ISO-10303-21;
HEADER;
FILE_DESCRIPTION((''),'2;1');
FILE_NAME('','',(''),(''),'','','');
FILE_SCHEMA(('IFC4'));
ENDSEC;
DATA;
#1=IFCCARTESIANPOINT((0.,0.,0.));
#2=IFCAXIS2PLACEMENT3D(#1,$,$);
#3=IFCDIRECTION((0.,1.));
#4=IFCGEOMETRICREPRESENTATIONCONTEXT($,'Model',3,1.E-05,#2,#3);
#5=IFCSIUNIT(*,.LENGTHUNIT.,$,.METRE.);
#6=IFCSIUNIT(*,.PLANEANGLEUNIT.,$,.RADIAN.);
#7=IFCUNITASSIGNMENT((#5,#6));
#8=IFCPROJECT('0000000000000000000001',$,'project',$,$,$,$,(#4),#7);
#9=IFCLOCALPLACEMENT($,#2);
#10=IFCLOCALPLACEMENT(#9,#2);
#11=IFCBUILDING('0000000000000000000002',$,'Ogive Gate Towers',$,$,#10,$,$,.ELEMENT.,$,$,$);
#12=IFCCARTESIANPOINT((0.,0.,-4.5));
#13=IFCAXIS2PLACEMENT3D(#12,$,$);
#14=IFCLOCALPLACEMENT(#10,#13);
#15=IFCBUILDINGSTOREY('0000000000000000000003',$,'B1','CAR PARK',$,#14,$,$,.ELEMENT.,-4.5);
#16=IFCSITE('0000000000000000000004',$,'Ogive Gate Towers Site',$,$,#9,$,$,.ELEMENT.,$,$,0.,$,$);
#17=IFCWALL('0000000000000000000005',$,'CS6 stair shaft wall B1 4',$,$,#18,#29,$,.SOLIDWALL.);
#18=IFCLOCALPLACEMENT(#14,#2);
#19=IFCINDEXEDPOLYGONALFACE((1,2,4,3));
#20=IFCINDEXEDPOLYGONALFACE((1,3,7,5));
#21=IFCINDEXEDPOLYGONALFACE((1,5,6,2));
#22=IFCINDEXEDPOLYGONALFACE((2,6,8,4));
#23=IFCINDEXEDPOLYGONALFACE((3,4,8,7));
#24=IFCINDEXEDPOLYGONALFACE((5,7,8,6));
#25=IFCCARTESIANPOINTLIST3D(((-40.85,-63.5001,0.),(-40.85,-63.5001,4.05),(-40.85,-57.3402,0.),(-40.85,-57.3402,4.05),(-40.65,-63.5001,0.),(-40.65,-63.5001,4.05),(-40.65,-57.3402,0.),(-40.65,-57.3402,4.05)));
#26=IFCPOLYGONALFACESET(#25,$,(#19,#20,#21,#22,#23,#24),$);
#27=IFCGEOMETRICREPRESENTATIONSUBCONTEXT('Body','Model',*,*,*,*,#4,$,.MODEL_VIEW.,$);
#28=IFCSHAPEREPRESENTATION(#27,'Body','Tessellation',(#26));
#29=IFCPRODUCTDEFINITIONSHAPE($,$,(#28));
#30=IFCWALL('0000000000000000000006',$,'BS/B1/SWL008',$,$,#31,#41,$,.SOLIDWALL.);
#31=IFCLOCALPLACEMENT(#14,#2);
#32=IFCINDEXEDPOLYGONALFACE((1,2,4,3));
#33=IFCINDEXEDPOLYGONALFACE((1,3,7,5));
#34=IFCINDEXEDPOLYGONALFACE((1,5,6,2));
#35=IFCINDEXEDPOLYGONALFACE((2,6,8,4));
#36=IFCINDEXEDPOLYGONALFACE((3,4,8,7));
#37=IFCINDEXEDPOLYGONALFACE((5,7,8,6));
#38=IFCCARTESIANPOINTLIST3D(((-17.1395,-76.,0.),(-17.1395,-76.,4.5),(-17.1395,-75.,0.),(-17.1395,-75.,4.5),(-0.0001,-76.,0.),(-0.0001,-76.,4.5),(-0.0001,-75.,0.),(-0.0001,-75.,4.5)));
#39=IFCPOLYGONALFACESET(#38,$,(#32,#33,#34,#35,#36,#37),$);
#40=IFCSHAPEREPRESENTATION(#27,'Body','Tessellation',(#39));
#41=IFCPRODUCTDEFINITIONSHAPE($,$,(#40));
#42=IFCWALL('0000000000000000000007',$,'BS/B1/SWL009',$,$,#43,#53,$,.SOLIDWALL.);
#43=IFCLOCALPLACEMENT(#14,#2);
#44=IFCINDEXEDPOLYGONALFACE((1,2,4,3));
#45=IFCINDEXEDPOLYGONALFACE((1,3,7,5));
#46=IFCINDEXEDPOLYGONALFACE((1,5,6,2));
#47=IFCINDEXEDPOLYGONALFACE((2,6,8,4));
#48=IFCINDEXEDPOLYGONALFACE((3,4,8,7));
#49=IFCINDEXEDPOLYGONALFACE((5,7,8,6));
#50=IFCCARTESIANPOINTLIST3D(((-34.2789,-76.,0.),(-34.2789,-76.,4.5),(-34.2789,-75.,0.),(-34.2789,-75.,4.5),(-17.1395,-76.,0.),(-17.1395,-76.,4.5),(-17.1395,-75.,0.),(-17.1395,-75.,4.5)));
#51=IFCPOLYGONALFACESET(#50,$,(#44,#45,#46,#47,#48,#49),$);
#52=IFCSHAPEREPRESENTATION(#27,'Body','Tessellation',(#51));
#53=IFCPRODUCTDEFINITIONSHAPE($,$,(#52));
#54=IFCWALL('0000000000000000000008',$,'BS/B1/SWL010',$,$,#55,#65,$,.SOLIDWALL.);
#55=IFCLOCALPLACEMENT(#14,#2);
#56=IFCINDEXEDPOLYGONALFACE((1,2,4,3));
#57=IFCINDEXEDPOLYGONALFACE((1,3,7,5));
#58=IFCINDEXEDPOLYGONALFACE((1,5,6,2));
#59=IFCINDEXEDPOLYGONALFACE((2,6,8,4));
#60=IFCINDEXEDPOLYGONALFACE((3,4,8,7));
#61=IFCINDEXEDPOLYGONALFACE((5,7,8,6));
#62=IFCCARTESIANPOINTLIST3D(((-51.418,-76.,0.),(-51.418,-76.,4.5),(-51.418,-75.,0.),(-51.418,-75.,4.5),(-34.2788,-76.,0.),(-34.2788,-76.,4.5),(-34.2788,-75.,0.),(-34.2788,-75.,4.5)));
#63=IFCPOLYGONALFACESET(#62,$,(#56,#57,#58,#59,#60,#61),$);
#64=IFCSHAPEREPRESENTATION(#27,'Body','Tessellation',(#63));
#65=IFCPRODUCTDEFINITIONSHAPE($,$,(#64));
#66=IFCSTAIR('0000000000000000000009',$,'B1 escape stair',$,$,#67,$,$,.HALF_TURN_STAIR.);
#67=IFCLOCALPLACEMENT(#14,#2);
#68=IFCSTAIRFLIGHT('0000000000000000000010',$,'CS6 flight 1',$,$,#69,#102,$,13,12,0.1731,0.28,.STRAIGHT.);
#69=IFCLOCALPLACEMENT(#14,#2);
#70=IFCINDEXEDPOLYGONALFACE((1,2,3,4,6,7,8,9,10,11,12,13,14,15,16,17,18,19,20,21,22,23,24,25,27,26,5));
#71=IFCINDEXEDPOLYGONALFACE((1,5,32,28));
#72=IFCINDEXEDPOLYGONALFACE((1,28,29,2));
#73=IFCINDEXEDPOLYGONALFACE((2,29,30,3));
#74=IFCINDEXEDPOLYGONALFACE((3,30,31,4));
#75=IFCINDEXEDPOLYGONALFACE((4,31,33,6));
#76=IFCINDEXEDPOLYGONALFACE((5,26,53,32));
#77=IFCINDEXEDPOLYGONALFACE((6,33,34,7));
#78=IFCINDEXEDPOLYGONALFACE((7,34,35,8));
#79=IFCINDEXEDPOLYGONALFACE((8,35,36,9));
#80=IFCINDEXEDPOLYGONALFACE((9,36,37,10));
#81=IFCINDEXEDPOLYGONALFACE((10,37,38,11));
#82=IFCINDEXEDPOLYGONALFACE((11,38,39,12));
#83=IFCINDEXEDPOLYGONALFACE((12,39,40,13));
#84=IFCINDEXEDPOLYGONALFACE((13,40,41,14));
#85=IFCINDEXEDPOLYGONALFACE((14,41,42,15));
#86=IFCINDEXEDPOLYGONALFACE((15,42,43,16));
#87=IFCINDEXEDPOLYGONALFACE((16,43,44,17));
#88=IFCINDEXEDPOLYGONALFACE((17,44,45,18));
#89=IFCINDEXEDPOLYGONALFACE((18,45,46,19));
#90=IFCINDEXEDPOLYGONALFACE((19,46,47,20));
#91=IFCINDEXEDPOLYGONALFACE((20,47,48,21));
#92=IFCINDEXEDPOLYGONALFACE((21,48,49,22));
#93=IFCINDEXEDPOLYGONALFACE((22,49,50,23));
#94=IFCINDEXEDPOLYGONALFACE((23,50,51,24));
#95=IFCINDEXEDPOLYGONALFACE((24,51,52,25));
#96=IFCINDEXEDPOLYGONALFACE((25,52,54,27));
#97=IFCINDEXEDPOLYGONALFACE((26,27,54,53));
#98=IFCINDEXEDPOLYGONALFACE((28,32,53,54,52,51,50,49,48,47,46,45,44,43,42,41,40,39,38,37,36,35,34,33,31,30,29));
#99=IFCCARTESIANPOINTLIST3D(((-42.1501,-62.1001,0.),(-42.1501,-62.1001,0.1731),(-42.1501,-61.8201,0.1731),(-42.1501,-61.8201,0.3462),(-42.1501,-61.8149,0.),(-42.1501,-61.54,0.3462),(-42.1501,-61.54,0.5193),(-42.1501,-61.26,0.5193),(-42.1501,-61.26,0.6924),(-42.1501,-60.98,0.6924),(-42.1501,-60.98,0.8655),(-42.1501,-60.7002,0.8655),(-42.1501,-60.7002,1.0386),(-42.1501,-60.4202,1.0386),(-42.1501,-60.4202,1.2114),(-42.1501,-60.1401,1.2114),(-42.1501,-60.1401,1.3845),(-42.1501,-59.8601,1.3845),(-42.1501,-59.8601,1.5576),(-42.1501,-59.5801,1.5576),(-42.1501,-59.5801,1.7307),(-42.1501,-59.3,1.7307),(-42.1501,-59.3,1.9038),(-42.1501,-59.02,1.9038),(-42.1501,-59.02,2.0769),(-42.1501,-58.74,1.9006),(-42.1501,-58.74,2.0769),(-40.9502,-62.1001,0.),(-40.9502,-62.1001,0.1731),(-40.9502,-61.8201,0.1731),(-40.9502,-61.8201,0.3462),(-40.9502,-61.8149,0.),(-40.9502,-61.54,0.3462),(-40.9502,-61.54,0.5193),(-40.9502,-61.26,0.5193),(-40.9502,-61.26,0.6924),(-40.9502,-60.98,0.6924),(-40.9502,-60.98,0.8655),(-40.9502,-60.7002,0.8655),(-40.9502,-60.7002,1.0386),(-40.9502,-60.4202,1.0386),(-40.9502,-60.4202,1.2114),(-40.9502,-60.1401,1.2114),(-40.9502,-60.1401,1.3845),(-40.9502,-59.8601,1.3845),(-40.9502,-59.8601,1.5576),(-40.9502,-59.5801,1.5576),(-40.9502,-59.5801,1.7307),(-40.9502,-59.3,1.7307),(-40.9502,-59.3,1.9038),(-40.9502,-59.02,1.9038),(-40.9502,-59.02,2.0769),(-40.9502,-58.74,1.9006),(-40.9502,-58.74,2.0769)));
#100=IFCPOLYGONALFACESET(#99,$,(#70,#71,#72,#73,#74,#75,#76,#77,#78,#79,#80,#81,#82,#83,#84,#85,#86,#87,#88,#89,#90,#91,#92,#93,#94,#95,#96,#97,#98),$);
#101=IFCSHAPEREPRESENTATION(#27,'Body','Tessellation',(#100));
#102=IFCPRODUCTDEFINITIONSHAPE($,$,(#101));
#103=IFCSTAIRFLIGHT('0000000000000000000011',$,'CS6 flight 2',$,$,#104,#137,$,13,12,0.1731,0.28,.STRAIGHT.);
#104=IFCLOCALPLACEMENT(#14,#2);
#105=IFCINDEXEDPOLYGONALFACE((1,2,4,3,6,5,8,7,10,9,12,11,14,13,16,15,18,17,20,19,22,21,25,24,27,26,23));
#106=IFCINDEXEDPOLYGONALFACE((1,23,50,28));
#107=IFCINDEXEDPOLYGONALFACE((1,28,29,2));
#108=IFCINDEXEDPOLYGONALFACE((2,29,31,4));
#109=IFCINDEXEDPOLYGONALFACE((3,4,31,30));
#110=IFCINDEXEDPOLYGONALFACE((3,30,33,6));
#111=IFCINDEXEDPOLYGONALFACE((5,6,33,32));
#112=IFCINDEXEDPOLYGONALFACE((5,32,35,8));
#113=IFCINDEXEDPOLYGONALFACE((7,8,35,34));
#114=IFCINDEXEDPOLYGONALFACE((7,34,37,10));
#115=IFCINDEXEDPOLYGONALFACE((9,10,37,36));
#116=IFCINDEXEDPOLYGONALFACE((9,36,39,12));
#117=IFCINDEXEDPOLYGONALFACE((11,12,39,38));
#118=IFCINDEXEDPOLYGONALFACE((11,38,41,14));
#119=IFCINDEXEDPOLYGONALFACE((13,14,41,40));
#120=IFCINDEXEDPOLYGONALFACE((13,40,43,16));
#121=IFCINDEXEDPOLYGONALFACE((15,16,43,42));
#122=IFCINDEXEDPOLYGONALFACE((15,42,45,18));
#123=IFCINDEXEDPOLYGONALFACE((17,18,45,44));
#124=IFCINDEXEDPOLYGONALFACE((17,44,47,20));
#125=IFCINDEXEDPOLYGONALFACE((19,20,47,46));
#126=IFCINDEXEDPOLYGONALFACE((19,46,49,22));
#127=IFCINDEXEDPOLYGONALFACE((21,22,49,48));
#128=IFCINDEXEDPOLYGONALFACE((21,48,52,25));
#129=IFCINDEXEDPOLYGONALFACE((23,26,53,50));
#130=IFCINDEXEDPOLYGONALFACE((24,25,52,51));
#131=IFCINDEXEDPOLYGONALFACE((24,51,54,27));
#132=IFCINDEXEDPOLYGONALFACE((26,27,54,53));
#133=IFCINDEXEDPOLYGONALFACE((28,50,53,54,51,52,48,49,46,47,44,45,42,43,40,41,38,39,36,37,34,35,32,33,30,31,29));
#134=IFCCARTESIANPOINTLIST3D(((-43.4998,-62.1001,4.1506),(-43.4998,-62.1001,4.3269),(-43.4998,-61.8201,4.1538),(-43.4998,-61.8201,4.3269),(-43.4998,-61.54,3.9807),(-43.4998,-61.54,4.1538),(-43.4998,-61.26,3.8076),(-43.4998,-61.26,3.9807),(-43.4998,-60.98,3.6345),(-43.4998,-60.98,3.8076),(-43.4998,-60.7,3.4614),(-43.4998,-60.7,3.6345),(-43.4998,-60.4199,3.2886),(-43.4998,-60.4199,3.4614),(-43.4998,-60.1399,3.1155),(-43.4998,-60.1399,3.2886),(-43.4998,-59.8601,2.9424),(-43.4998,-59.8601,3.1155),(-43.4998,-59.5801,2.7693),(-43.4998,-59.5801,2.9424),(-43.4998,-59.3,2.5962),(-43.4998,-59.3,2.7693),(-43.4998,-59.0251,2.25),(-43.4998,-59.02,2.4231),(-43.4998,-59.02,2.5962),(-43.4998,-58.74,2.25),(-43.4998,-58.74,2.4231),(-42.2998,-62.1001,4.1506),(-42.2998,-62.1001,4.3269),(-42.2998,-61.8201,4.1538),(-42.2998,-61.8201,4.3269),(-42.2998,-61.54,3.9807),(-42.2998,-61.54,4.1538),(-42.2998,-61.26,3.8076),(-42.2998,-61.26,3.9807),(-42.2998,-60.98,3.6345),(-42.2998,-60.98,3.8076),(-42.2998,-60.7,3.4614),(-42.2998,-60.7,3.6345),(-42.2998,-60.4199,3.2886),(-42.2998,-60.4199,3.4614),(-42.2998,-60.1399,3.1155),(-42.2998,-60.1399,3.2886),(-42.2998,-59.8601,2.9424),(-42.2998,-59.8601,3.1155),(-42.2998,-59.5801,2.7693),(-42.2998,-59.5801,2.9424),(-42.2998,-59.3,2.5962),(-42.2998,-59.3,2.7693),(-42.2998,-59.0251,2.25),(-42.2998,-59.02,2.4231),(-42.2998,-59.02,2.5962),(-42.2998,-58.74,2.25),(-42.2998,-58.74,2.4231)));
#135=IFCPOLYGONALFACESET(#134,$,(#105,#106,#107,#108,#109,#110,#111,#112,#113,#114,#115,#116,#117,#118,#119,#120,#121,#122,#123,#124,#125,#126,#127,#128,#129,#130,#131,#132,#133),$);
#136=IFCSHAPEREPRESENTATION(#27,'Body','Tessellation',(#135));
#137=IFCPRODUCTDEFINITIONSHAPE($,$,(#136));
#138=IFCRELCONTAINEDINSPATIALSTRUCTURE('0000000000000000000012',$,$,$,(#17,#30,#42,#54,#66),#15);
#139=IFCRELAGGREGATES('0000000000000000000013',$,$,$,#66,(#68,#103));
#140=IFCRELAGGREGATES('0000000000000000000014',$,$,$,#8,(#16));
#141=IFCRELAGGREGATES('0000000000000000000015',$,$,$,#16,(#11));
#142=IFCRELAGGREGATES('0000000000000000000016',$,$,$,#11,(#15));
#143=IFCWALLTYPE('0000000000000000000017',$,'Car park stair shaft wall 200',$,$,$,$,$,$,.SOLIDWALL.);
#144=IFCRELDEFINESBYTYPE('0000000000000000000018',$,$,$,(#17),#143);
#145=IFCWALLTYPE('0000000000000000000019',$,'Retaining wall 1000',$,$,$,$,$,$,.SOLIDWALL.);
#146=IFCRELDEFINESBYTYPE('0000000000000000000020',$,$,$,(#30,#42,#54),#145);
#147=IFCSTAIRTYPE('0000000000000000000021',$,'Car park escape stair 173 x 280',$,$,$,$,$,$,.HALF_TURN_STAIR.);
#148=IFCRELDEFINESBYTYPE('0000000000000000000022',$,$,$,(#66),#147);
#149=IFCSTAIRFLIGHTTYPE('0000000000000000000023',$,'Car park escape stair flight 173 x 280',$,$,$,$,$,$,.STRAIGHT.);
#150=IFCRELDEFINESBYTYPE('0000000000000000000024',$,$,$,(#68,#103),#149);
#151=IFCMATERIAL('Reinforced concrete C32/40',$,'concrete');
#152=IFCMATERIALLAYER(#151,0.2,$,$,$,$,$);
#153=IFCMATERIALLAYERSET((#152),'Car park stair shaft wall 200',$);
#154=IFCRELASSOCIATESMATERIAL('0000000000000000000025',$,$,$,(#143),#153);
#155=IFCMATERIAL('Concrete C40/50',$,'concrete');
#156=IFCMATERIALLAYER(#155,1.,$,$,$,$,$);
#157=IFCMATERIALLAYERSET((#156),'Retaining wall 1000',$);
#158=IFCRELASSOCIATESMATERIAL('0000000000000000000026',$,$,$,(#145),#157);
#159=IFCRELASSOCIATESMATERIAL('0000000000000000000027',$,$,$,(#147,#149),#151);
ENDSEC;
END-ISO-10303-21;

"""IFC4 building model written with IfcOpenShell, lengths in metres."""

from ifc_helpers import new_model, si_unit, direction, frame, frame_2d, origin, place, context, subcontext, project, spatial, polyline, rectangle, outline, extrude, material, layer, layer_set, type_object, element, aggregate, save


model = new_model("IFC4")

# Units and contexts
model_context = context("Model", 3, precision=1e-05, world=origin(), true_north=direction((0.0, 1.0)))
body_context = subcontext(model_context, "Body", "Model", "MODEL_VIEW")
ifc_project = project(units=[si_unit("LENGTHUNIT", "METRE"), si_unit("PLANEANGLEUNIT", "RADIAN")], contexts=[model_context])

# Site, building, storey
site_placement = place(None, origin())
site = spatial("IfcSite", under=ifc_project, at=site_placement, Name="Ogive Gate Towers Site", CompositionType="ELEMENT", RefElevation=0.0)
building_placement = place(site_placement, origin())
building = spatial("IfcBuilding", under=site, at=building_placement, Name="Ogive Gate Towers", CompositionType="ELEMENT")
storey_placement = place(building_placement, frame((0.0, 0.0, -4.5)))
storey = spatial("IfcBuildingStorey", under=building, at=storey_placement, Name="B1", Description="CAR PARK", CompositionType="ELEMENT", Elevation=-4.5)

# Shared definitions
ifc_material_1 = material(Name="Concrete C40/50", Category="concrete")

# Shared definitions
ifc_material_2 = material(Name="Reinforced concrete C32/40", Category="concrete")
ifc_layer_1 = layer(ifc_material_2, 0.2)
ifc_layer_set_1 = layer_set([ifc_layer_1], Name="Car park stair shaft wall 200")
wall_type_1 = type_object("IfcWallType", Name="Car park stair shaft wall 200", PredefinedType="SOLIDWALL", material=ifc_layer_set_1)

# Walls
wall_1_placement = place(storey_placement, frame((-40.75, -57.3401, 0.0), z_axis=(0.0, 0.0, 1.0), x_axis=(0.0, -1.0, 0.0)))
element("IfcWall", 1, at=wall_1_placement, inside=storey, type_object=wall_type_1, Name="CS6 stair shaft wall B1 4", PredefinedType="SOLIDWALL", context=body_context, shape_type="SweptSolid", body=[
    extrude(rectangle(XDim=6.1599, YDim=0.2, at=frame_2d((3.0801, 0.0))), origin(), (0.0, 0.0, 1.0), 4.05),
])
ifc_layer_2 = layer(ifc_material_1, 1.0)
ifc_layer_set_2 = layer_set([ifc_layer_2], Name="Retaining wall 1000")
wall_type_2 = type_object("IfcWallType", Name="Retaining wall 1000", PredefinedType="SOLIDWALL", material=ifc_layer_set_2)
for number, where, z_axis, x_axis, name in (
    (2, (0.0, -75.5, 0.0), (0.0, 0.0, 1.0), (-1.0, 0.0, 0.0), "BS/B1/SWL008"),
    (3, (-17.1394, -75.5, 0.0), (0.0, 0.0, 1.0), (-1.0, 0.0, 0.0), "BS/B1/SWL009"),
):
    element("IfcWall", number, at=place(storey_placement, frame(where, z_axis=z_axis, x_axis=x_axis)), inside=storey, type_object=wall_type_2, Name=name, PredefinedType="SOLIDWALL", context=body_context, shape_type="SweptSolid", body=[
        extrude(rectangle(XDim=17.1394, YDim=1.0, at=frame_2d((8.5698, 0.0))), origin(), (0.0, 0.0, 1.0), 4.5),
    ])
wall_2_placement = place(storey_placement, frame((-34.2788, -75.5, 0.0), z_axis=(0.0, 0.0, 1.0), x_axis=(-1.0, 0.0, 0.0)))
element("IfcWall", 4, at=wall_2_placement, inside=storey, type_object=wall_type_2, Name="BS/B1/SWL010", PredefinedType="SOLIDWALL", context=body_context, shape_type="SweptSolid", body=[
    extrude(rectangle(XDim=17.1392, YDim=1.0, at=frame_2d((8.5696, 0.0))), origin(), (0.0, 0.0, 1.0), 4.5),
])

# Stair, stair flights
stair_type = type_object("IfcStairType", Name="Car park escape stair 173 x 280", PredefinedType="HALF_TURN_STAIR", material=ifc_material_2)
stair_placement = place(storey_placement, origin())
stair = element("IfcStair", 5, at=stair_placement, inside=storey, type_object=stair_type, Name="B1 escape stair", PredefinedType="HALF_TURN_STAIR")
stair_flight_type = type_object("IfcStairFlightType", Name="Car park escape stair flight 173 x 280", PredefinedType="STRAIGHT", material=ifc_material_2)
stair_flight_1_placement = place(storey_placement, frame((-41.55, -62.1001, 0.0), z_axis=(0.0, 0.0, 1.0), x_axis=(0.0, 1.0, 0.0)))
stair_flight_1 = element("IfcStairFlight", 6, at=stair_flight_1_placement, type_object=stair_flight_type, Name="CS6 flight 1", NumberOfRisers=13, NumberOfTreads=12, PredefinedType="STRAIGHT", RiserHeight=0.1731, TreadLength=0.28, context=body_context, shape_type="SweptSolid", body=[
    extrude(outline(polyline([(0.0, 0.0), (0.0, 0.1731), (0.28, 0.1731), (0.28, 0.3462), (0.5601, 0.3462), (0.5601, 0.5193), (0.8401, 0.5193), (0.8401, 0.6924), (1.1201, 0.6924), (1.1201, 0.8655), (1.3999, 0.8655), (1.3999, 1.0386), (1.6799, 1.0386), (1.6799, 1.2114), (1.96, 1.2114), (1.96, 1.3845), (2.24, 1.3845), (2.24, 1.5576), (2.52, 1.5576), (2.52, 1.7307), (2.8, 1.7307), (2.8, 1.9038), (3.0801, 1.9038), (3.0801, 2.0769), (3.3601, 2.0769), (3.3601, 2.25), (3.3601, 1.9006), (0.2852, 0.0), (0.0, 0.0)])), frame((0.0, 0.6001, 0.0), z_axis=(0.0, -1.0, 0.0), x_axis=(1.0, 0.0, 0.0)), (0.0, 0.0, 1.0), 1.2),
])
stair_flight_2_placement = place(storey_placement, frame((-42.8999, -58.74, 2.25), z_axis=(0.0, 0.0, 1.0), x_axis=(0.0, -1.0, 0.0)))
stair_flight_2 = element("IfcStairFlight", 7, at=stair_flight_2_placement, type_object=stair_flight_type, Name="CS6 flight 2", NumberOfRisers=13, NumberOfTreads=12, PredefinedType="STRAIGHT", RiserHeight=0.1731, TreadLength=0.28, context=body_context, shape_type="SweptSolid", body=[
    extrude(outline(polyline([(0.0, 0.0), (0.0, 0.1731), (0.28, 0.1731), (0.28, 0.3462), (0.5601, 0.3462), (0.5601, 0.5193), (0.8401, 0.5193), (0.8401, 0.6924), (1.1201, 0.6924), (1.1201, 0.8655), (1.3999, 0.8655), (1.3999, 1.0386), (1.6799, 1.0386), (1.6799, 1.2114), (1.96, 1.2114), (1.96, 1.3845), (2.24, 1.3845), (2.24, 1.5576), (2.52, 1.5576), (2.52, 1.7307), (2.8, 1.7307), (2.8, 1.9038), (3.0801, 1.9038), (3.0801, 2.0769), (3.3601, 2.0769), (3.3601, 2.25), (3.3601, 1.9006), (0.2852, 0.0), (0.0, 0.0)])), frame((0.0, 0.6001, 0.0), z_axis=(0.0, -1.0, 0.0), x_axis=(1.0, 0.0, 0.0)), (0.0, 0.0, 1.0), 1.2),
])
aggregate(stair, [stair_flight_1, stair_flight_2])

save(model, "model.ifc")
